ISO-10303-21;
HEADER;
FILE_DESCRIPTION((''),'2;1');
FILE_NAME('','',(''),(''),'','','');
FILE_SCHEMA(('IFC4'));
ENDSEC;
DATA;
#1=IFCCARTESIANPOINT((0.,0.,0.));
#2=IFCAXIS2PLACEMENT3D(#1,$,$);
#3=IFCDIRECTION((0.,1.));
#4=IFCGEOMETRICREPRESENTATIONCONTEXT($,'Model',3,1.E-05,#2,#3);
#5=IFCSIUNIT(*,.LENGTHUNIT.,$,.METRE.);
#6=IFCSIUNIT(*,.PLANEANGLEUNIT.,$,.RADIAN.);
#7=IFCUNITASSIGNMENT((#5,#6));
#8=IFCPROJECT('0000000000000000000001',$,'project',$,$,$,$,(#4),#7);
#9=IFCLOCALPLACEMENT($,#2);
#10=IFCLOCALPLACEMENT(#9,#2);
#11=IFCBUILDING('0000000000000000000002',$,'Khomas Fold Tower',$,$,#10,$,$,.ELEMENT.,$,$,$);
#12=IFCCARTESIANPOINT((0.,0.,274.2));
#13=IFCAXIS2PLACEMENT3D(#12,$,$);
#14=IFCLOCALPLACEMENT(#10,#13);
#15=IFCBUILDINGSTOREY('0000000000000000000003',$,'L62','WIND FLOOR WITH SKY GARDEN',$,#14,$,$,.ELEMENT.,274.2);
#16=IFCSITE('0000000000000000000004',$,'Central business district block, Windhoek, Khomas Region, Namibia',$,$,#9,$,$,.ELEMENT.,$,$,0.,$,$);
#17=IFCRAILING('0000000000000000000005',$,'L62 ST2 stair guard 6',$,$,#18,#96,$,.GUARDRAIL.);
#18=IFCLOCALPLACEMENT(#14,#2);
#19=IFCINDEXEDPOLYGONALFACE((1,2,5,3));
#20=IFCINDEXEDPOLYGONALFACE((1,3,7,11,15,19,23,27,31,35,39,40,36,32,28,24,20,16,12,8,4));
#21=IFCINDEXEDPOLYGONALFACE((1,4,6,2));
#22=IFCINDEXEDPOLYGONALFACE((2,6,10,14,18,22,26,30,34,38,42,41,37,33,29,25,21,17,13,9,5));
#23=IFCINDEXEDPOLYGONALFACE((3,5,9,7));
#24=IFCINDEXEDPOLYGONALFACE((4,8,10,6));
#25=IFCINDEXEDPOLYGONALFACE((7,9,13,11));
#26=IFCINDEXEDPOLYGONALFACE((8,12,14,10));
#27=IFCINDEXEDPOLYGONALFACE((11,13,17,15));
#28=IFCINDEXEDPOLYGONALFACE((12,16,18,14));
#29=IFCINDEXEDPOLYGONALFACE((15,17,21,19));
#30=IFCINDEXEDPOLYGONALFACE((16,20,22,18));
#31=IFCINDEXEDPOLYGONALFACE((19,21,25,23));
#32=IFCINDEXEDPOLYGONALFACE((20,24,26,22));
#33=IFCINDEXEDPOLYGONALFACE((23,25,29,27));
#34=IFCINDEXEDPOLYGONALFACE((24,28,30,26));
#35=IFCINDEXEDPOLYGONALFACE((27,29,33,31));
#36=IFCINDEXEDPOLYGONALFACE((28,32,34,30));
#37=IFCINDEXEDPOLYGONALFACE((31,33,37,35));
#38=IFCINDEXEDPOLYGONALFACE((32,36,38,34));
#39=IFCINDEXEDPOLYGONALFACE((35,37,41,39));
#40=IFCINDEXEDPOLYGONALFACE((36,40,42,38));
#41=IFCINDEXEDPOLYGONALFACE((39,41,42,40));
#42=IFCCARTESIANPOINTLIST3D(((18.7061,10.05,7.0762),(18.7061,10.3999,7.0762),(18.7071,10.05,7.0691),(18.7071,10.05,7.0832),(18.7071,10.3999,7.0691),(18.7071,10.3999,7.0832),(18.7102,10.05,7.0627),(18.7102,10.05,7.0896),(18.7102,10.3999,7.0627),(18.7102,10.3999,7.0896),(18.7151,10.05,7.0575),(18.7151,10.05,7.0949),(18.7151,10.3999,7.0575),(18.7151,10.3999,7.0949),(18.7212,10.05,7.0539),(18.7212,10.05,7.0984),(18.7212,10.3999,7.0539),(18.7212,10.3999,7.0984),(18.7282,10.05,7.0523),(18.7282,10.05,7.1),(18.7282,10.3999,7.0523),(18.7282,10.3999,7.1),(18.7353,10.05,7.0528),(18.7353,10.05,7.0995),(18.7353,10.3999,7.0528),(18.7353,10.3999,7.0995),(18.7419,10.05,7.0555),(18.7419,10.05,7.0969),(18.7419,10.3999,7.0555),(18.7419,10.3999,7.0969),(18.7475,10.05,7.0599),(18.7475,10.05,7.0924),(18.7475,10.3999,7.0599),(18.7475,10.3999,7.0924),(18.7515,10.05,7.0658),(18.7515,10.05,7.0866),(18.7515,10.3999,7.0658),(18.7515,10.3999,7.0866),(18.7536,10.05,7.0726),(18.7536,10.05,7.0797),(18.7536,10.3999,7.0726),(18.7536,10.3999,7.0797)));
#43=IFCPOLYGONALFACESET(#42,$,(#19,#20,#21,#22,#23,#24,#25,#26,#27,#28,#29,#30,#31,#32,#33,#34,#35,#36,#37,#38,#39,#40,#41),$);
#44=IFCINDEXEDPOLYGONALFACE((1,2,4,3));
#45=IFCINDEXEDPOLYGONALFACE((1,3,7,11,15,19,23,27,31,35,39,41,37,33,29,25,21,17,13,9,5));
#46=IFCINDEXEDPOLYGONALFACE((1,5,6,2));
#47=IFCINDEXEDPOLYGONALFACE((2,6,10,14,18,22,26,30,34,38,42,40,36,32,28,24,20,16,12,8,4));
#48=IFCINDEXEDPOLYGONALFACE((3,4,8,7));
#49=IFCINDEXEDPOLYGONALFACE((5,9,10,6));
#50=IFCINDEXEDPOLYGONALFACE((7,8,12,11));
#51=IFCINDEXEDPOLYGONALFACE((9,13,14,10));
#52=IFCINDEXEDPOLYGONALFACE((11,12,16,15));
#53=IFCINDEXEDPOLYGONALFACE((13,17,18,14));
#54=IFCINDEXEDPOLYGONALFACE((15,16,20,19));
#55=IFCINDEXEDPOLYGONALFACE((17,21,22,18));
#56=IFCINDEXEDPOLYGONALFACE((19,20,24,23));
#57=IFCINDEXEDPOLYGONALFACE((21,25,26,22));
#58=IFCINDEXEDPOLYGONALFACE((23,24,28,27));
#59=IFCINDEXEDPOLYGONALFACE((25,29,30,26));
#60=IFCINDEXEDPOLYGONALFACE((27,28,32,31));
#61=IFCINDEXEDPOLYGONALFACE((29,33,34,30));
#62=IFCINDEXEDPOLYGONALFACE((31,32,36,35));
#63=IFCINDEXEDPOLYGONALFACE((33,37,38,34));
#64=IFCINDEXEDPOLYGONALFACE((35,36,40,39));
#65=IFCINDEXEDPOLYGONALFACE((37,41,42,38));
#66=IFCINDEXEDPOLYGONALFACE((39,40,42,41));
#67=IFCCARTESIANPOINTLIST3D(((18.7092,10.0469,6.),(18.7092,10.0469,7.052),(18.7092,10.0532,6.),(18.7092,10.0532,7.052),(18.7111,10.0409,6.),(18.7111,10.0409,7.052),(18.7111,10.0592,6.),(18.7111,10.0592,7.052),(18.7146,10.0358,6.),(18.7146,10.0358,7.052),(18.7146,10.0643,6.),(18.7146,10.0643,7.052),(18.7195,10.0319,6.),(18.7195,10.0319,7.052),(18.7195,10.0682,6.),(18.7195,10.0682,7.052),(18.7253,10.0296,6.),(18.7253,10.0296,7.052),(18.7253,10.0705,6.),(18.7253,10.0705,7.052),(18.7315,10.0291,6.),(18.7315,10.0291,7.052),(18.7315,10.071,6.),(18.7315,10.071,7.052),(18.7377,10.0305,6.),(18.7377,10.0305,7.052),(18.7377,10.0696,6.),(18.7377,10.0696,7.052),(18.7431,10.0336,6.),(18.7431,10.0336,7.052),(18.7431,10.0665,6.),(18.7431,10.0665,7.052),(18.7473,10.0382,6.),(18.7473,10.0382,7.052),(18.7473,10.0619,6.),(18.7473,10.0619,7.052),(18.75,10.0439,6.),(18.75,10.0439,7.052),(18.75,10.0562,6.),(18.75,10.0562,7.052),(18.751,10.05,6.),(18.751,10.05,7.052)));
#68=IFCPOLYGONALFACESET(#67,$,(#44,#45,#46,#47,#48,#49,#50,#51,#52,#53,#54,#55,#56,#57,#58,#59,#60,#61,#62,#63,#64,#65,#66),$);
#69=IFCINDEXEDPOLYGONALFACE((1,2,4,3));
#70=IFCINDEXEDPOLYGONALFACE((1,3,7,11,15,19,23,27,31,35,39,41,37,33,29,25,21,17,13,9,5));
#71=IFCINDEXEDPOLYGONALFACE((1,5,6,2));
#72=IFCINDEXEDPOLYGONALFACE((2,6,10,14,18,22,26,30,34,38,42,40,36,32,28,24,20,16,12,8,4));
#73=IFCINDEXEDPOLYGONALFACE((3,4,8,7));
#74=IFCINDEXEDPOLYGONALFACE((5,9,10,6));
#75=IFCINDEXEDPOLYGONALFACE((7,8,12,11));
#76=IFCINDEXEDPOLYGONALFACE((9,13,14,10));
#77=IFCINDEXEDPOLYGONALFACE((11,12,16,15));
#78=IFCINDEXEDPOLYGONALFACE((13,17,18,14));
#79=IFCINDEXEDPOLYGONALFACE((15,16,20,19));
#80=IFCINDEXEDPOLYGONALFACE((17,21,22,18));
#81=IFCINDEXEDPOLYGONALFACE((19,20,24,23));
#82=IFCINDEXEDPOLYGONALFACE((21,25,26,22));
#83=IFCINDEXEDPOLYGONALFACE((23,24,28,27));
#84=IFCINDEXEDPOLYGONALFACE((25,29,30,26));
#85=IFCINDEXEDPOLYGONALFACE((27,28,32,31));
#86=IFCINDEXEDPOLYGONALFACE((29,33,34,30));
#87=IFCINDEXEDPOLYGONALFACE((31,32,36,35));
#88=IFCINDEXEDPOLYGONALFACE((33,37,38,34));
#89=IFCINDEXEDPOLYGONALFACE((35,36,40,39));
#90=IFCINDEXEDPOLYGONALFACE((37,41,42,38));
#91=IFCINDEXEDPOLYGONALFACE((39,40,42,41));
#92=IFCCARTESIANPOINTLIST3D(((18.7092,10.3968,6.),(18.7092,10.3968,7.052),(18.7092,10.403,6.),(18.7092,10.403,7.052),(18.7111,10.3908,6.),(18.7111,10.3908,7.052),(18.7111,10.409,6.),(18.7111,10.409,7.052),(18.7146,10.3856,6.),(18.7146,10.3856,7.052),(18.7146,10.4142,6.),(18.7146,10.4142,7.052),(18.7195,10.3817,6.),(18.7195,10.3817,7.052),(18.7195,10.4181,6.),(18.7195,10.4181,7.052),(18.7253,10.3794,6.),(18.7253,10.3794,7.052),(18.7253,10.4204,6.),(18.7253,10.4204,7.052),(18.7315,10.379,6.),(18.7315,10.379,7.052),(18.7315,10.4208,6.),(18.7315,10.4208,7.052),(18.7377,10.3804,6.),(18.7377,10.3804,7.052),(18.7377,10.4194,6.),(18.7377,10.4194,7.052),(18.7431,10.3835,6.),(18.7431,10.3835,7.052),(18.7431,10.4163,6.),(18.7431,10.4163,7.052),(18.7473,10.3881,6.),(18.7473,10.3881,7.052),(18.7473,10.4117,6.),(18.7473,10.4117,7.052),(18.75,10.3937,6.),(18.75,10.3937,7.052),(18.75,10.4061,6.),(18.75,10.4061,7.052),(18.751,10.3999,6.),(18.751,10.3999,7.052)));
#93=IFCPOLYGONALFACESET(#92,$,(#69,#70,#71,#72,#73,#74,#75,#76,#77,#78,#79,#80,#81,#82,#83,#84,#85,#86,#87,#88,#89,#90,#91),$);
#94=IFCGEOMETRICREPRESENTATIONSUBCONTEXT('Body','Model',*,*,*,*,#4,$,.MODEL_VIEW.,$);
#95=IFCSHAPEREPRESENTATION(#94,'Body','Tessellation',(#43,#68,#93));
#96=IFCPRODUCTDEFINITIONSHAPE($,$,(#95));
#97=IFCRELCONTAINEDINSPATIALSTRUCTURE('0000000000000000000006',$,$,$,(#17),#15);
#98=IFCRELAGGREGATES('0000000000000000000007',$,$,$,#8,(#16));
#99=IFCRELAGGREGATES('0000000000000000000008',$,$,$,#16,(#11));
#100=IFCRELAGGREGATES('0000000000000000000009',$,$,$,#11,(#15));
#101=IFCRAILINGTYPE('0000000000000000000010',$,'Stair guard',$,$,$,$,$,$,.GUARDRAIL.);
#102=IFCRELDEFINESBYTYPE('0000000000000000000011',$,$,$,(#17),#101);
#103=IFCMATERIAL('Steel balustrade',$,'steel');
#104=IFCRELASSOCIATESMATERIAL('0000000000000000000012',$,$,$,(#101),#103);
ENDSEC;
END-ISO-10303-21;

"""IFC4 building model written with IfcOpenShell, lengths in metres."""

from ifc_helpers import new_model, si_unit, direction, frame, origin, origin_2d, place, context, subcontext, project, spatial, circle, extrude, source, transform, mapped, material, type_object, element, save


model = new_model("IFC4")

# Units and contexts
model_context = context("Model", 3, precision=1e-05, world=origin(), true_north=direction((0.0, 1.0)))
body_context = subcontext(model_context, "Body", "Model", "MODEL_VIEW")
ifc_project = project(units=[si_unit("LENGTHUNIT", "METRE"), si_unit("PLANEANGLEUNIT", "RADIAN")], contexts=[model_context])

# Site, building, storey
site_placement = place(None, origin())
site = spatial("IfcSite", under=ifc_project, at=site_placement, Name="Central business district block, Windhoek, Khomas Region, Namibia", CompositionType="ELEMENT", RefElevation=0.0)
building_placement = place(site_placement, origin())
building = spatial("IfcBuilding", under=site, at=building_placement, Name="Khomas Fold Tower", CompositionType="ELEMENT")
storey_placement = place(building_placement, frame((0.0, 0.0, 274.2)))
storey = spatial("IfcBuildingStorey", under=building, at=storey_placement, Name="L62", Description="WIND FLOOR WITH SKY GARDEN", CompositionType="ELEMENT", Elevation=274.2)

# Railing
ifc_material_1 = material(Name="Steel balustrade", Category="steel")
railing_type_1 = type_object("IfcRailingType", Name="Stair guard", PredefinedType="GUARDRAIL", material=ifc_material_1)
shared_shape_1 = source(origin(), body_context, "Body", "SweptSolid", [
    extrude(circle(Radius=0.0239, at=origin_2d()), frame((0.0, 0.0, 1.0762), z_axis=(0.0, 1.0, 0.0), x_axis=(-1.0, 0.0, 0.0)), (0.0, 0.0, 1.0), 0.3499),
    extrude(circle(Radius=0.021, at=origin_2d()), origin(), (0.0, 0.0, 1.0), 1.052),
    extrude(circle(Radius=0.021, at=origin_2d()), frame((0.0, 0.3499, 0.0)), (0.0, 0.0, 1.0), 1.052),
])
for number, where, name in (
    (1, (18.73, 10.05, 6.0), "L62 ST2 stair guard 6"),
):
    element("IfcRailing", number, at=place(storey_placement, frame(where)), inside=storey, type_object=railing_type_1, Name=name, PredefinedType="GUARDRAIL", context=body_context, shape_type="MappedRepresentation", body=[
        mapped(shared_shape_1, transform((0.0, 0.0, 0.0))),
    ])

save(model, "model.ifc")
